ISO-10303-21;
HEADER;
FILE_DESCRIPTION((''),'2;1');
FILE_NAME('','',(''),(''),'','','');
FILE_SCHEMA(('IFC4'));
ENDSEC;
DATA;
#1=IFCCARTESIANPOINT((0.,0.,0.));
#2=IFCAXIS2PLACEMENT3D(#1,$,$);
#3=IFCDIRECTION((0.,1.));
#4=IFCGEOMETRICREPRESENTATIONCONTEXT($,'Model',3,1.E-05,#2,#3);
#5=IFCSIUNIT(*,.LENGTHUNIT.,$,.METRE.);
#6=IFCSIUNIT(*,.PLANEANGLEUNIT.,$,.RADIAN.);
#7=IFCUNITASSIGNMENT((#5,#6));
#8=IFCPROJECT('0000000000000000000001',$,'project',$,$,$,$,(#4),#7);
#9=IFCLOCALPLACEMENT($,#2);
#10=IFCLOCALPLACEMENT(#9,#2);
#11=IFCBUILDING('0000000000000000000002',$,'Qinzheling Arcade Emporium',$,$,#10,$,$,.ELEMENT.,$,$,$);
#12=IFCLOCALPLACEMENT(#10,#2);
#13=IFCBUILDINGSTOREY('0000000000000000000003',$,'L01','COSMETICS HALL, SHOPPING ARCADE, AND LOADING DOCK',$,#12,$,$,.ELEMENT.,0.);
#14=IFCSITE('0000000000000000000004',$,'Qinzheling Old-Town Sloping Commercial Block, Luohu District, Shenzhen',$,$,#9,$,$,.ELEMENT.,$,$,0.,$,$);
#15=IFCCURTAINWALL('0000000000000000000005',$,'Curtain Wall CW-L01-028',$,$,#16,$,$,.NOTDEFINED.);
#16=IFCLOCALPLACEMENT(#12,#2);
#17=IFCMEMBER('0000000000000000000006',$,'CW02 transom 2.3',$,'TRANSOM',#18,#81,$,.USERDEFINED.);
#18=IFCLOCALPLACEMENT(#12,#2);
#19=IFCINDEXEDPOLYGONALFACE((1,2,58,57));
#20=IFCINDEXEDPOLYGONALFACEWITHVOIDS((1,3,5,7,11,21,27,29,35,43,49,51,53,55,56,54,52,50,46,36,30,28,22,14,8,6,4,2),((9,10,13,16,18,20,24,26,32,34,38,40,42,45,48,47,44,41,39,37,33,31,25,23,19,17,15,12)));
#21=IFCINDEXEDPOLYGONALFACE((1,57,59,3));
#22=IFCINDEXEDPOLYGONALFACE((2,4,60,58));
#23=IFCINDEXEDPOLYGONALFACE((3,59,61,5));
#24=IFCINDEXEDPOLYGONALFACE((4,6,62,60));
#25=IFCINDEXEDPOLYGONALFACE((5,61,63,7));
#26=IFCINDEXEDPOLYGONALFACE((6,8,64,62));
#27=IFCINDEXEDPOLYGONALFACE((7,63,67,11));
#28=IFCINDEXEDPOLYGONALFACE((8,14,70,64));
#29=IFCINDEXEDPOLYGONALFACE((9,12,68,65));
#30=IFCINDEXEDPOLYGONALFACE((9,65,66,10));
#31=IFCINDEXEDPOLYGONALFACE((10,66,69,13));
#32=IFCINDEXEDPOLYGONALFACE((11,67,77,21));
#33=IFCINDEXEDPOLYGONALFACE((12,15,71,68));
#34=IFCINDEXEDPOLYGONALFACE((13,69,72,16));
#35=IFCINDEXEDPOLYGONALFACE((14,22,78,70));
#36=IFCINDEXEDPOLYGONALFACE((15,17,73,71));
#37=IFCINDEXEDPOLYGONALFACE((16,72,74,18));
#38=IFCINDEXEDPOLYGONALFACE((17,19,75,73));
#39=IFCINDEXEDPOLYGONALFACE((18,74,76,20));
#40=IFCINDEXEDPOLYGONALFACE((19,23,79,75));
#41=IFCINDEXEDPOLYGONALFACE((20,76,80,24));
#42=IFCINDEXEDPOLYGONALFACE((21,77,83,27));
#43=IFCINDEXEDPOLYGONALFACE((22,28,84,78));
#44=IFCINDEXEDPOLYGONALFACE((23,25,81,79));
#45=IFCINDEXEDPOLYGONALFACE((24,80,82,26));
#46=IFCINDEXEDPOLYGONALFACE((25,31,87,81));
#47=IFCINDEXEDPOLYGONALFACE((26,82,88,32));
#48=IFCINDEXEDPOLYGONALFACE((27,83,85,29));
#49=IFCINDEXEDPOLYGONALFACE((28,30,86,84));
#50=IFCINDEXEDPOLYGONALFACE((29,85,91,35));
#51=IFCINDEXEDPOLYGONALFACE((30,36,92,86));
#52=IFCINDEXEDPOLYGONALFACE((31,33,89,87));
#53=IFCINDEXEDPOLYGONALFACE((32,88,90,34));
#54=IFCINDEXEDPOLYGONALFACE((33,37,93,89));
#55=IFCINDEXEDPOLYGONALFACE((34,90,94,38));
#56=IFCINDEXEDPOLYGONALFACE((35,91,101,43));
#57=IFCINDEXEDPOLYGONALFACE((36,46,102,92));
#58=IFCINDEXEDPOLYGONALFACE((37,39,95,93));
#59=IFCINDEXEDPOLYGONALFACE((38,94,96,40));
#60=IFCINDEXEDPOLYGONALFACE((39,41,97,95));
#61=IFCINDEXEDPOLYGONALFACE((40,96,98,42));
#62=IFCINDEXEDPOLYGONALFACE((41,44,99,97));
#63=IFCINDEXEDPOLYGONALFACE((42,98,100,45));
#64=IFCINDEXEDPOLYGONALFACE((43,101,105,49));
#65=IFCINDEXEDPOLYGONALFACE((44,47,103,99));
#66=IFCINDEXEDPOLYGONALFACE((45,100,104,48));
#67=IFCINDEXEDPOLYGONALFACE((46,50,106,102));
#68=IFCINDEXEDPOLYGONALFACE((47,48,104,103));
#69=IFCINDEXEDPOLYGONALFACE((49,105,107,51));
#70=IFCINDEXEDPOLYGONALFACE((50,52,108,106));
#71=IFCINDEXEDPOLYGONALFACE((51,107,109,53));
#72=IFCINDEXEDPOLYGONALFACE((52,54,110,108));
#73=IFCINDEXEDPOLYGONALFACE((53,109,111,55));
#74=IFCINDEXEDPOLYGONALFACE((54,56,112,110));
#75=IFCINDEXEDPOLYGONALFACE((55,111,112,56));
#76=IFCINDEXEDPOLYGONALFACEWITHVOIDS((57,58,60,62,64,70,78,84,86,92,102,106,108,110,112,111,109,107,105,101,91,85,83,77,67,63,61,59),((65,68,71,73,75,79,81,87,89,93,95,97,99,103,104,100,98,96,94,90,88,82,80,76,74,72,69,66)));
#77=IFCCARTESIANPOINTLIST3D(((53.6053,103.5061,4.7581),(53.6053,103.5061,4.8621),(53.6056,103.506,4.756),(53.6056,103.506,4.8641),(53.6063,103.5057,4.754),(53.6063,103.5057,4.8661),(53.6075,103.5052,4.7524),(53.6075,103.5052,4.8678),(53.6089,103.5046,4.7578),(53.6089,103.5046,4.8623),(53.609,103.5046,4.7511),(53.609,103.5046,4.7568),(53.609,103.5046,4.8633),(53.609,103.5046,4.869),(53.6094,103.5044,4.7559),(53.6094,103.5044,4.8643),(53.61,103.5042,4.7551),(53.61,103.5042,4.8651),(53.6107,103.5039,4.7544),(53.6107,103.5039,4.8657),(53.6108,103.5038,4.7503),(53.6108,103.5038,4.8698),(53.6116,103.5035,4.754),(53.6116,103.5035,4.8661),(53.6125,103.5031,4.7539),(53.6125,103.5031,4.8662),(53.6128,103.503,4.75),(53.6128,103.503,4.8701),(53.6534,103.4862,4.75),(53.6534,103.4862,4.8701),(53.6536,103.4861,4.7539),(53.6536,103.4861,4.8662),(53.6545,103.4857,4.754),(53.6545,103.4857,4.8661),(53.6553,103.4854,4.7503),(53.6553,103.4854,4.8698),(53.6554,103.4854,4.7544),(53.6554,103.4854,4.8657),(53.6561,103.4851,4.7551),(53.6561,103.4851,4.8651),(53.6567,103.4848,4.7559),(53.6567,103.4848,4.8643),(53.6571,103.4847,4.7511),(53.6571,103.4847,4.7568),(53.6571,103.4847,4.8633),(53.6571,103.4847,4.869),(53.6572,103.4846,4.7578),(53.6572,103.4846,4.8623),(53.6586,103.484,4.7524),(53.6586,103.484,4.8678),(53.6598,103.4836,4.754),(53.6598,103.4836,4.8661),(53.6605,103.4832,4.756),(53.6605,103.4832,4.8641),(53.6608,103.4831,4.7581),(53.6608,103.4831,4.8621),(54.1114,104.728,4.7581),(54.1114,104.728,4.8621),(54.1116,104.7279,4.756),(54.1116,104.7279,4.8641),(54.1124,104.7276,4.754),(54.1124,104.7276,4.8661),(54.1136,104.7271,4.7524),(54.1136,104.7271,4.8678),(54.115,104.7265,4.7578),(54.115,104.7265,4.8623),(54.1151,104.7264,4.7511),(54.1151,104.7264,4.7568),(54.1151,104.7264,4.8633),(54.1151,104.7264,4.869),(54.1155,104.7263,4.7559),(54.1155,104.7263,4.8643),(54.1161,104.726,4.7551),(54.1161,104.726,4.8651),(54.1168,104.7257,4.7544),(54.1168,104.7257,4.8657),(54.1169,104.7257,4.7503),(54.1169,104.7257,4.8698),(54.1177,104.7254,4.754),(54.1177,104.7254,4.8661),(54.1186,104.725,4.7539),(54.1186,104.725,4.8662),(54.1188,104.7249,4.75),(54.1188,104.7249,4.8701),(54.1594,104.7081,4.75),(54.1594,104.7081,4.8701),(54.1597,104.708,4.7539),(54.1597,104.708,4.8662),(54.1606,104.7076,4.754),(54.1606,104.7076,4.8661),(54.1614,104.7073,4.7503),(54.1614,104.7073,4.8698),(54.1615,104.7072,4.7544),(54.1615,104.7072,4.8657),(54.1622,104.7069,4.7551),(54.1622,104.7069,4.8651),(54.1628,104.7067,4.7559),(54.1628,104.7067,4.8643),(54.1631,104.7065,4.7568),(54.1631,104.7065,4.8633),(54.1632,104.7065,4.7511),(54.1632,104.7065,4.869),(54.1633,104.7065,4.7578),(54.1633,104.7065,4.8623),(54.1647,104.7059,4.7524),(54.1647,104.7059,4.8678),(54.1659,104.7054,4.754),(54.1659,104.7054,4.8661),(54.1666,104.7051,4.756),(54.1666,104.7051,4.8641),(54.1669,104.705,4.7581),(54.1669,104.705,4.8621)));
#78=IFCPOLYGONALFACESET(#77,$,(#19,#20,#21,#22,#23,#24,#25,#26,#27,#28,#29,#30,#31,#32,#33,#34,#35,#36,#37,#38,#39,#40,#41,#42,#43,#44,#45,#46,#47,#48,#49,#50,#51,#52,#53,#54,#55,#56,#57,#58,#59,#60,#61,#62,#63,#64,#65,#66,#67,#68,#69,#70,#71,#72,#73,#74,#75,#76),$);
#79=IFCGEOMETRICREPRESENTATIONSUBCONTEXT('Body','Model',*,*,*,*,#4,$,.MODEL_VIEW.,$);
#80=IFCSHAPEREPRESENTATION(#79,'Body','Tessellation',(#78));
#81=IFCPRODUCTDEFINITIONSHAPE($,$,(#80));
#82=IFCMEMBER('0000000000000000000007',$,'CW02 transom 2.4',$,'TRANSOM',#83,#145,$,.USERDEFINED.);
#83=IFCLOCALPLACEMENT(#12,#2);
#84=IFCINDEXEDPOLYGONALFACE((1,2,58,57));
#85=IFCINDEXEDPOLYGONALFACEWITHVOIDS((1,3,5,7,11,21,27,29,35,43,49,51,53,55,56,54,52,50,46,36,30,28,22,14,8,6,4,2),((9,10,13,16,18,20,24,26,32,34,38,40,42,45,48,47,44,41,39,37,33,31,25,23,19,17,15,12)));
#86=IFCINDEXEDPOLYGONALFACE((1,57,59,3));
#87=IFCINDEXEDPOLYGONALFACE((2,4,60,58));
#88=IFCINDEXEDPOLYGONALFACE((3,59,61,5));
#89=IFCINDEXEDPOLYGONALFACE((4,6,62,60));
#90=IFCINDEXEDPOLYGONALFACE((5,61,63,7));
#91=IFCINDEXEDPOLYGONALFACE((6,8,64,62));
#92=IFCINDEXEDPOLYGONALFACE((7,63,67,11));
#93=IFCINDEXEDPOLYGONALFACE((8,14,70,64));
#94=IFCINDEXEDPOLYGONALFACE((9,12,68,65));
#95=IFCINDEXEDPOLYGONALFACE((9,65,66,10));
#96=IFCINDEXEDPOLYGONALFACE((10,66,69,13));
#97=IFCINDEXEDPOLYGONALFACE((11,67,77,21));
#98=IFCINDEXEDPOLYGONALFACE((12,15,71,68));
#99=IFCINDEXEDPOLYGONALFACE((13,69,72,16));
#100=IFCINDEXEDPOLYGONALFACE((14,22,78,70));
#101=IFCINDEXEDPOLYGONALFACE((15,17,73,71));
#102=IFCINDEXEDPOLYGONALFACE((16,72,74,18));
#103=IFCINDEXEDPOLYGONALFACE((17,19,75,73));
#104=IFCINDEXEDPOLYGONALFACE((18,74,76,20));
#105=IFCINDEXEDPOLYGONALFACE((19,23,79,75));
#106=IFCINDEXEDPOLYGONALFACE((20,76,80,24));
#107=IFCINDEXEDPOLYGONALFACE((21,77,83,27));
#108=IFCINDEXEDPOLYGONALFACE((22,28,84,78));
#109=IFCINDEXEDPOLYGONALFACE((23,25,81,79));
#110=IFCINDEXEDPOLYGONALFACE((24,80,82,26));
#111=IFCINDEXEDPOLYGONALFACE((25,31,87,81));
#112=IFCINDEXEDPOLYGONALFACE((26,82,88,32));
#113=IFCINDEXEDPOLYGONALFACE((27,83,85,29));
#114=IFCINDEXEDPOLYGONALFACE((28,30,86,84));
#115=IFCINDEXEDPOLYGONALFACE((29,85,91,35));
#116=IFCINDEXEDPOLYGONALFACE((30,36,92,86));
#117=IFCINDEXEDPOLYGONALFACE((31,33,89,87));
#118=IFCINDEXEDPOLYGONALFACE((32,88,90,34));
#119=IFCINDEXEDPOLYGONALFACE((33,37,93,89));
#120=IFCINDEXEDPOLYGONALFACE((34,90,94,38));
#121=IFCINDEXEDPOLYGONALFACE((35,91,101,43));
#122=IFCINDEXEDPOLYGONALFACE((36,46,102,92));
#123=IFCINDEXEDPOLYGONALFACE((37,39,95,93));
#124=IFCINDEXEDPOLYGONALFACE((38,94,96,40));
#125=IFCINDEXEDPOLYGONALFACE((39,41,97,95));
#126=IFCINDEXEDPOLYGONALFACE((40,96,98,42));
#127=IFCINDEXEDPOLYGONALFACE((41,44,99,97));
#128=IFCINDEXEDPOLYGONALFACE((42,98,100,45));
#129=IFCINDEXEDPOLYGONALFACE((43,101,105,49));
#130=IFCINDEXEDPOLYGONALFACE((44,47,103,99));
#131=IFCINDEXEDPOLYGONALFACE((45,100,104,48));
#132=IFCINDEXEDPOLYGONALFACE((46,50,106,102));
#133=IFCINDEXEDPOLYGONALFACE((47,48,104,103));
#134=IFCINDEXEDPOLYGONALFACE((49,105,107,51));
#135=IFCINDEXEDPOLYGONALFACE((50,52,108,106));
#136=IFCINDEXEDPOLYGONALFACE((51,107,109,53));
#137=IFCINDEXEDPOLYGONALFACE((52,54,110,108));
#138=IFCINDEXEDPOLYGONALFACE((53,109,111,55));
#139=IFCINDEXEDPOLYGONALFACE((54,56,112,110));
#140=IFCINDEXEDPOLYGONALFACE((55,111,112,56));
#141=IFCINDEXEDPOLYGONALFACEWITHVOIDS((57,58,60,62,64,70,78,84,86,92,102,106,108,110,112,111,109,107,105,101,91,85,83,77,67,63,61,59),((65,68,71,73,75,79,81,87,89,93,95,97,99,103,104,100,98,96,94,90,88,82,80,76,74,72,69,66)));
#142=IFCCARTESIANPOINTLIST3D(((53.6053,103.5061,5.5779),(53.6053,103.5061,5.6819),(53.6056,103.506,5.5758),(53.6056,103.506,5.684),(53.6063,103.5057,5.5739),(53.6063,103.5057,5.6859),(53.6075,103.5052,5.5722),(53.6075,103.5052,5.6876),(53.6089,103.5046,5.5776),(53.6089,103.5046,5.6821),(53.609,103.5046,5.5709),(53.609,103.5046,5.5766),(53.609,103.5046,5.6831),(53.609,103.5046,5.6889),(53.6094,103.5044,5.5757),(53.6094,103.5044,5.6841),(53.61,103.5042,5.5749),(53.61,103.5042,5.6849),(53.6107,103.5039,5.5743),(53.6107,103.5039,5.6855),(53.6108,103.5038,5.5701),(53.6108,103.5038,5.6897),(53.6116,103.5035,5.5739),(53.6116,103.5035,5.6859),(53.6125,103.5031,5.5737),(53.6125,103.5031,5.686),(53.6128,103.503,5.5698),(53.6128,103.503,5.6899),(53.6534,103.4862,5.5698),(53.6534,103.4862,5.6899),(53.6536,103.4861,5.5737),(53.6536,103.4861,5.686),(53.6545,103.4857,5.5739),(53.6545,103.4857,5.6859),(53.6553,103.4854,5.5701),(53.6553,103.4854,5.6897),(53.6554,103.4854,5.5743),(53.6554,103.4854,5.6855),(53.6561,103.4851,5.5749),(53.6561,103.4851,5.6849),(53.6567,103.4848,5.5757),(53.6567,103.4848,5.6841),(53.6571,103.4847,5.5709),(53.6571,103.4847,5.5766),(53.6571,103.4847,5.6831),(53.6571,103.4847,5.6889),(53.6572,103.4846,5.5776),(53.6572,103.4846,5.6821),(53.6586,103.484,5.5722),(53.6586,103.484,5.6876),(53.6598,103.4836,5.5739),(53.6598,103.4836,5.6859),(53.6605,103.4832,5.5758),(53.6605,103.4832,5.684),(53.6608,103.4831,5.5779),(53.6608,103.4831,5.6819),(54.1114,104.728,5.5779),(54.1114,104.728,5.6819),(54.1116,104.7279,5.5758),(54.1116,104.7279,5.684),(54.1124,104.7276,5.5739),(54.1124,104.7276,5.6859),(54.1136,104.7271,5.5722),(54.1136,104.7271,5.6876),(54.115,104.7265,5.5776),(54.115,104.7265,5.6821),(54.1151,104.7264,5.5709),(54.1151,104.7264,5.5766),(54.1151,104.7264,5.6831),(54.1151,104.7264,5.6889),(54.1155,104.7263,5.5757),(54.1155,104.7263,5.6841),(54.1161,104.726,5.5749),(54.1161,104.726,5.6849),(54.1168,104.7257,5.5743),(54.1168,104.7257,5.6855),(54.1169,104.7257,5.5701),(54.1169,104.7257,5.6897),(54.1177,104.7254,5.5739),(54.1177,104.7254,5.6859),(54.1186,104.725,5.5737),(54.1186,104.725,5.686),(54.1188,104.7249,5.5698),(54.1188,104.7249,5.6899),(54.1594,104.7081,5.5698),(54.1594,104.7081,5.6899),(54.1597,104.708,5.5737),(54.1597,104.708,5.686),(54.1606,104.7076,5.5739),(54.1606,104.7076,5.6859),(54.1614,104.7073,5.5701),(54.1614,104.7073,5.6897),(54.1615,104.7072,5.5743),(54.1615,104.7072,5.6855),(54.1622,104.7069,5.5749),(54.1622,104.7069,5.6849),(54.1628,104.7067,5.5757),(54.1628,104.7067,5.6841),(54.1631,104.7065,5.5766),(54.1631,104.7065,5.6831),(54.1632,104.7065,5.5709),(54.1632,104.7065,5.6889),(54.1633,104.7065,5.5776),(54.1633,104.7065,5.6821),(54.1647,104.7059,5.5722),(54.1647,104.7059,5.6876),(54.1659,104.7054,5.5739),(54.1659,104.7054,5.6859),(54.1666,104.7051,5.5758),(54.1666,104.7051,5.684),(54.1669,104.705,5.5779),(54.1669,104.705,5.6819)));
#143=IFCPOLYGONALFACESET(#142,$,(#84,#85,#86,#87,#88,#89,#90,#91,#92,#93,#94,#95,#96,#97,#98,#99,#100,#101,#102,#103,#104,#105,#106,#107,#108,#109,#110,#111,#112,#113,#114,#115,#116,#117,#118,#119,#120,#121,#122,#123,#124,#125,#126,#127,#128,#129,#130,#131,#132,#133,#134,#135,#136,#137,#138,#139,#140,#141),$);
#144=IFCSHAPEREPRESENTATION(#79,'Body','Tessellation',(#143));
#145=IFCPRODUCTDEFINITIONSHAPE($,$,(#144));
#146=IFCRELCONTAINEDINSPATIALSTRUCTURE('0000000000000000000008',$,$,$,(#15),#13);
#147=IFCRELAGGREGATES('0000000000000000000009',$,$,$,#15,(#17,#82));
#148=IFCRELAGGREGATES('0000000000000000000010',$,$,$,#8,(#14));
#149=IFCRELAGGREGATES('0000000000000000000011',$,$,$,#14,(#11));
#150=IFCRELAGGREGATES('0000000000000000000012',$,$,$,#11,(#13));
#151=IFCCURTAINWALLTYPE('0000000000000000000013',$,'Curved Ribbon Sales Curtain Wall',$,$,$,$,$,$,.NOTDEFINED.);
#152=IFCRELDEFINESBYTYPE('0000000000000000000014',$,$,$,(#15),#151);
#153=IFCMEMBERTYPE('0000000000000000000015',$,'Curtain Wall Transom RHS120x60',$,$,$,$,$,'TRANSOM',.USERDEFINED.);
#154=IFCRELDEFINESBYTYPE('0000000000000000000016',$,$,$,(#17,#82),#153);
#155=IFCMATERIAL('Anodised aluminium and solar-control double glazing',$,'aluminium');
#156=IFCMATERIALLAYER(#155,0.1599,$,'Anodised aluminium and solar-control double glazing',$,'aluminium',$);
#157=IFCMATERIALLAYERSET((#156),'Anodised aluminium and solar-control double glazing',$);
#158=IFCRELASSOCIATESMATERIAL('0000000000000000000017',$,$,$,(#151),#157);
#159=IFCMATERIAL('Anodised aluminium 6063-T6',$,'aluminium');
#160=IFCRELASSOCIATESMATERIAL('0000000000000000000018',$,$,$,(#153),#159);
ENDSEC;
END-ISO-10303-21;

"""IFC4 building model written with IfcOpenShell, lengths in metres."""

from ifc_helpers import new_model, si_unit, direction, frame, origin, origin_2d, place, context, subcontext, project, spatial, hollow_rectangle, extrude, material, layer, layer_set, material_profile, profile_set, type_object, element, aggregate, save


model = new_model("IFC4")

# Units and contexts
model_context = context("Model", 3, precision=1e-05, world=origin(), true_north=direction((0.0, 1.0)))
body_context = subcontext(model_context, "Body", "Model", "MODEL_VIEW")
ifc_project = project(units=[si_unit("LENGTHUNIT", "METRE"), si_unit("PLANEANGLEUNIT", "RADIAN")], contexts=[model_context])

# Site, building, storey
site_placement = place(None, origin())
site = spatial("IfcSite", under=ifc_project, at=site_placement, Name="Qinzheling Old-Town Sloping Commercial Block, Luohu District, Shenzhen", CompositionType="ELEMENT", RefElevation=0.0)
building_placement = place(site_placement, origin())
building = spatial("IfcBuilding", under=site, at=building_placement, Name="Qinzheling Arcade Emporium", CompositionType="ELEMENT")
storey_placement = place(building_placement, origin())
storey = spatial("IfcBuildingStorey", under=building, at=storey_placement, Name="L01", Description="COSMETICS HALL, SHOPPING ARCADE, AND LOADING DOCK", CompositionType="ELEMENT", Elevation=0.0)

# Shared definitions
ifc_material_1 = material(Name="Anodised aluminium and solar-control double glazing", Category="aluminium")
ifc_layer_1 = layer(ifc_material_1, 0.1599, Name="Anodised aluminium and solar-control double glazing", Category="aluminium")
ifc_layer_set_1 = layer_set([ifc_layer_1], Name="Anodised aluminium and solar-control double glazing")
curtain_wall_type = type_object("IfcCurtainWallType", Name="Curved Ribbon Sales Curtain Wall", PredefinedType="NOTDEFINED", material=ifc_layer_set_1)
ifc_material_2 = material(Name="Anodised aluminium 6063-T6", Category="aluminium")

# Curtain wall
curtain_wall_1_placement = place(storey_placement, origin())
curtain_wall_1 = element("IfcCurtainWall", 1, at=curtain_wall_1_placement, inside=storey, type_object=curtain_wall_type, Name="Curtain Wall CW-L01-028", PredefinedType="NOTDEFINED")

# Members
ifc_material_profile_1 = material_profile(ifc_material_2, hollow_rectangle(XDim=0.0601, YDim=0.1201, WallThickness=0.0039, InnerFilletRadius=0.0039, OuterFilletRadius=0.0081, at=origin_2d()), Name="RHS 120x60x4", Category="aluminium")
ifc_profile_set_1 = profile_set([ifc_material_profile_1], Name="Anodised aluminium 6063-T6")
member_type_1 = type_object("IfcMemberType", Name="Curtain Wall Transom RHS120x60", ElementType="TRANSOM", PredefinedType="USERDEFINED", material=ifc_profile_set_1)
member_1_placement = place(storey_placement, frame((53.6331, 103.4946, 4.8101), z_axis=(0.382662, 0.923889, 0.0), x_axis=(-0.923889, 0.382662, 0.0)))
member_1 = element("IfcMember", 2, at=member_1_placement, type_object=member_type_1, Name="CW02 transom 2.3", ObjectType="TRANSOM", PredefinedType="USERDEFINED", context=body_context, shape_type="SweptSolid", body=[
    extrude(hollow_rectangle(XDim=0.0601, YDim=0.1201, WallThickness=0.0039, InnerFilletRadius=0.0039, OuterFilletRadius=0.0081, at=origin_2d()), origin(), (0.0, 0.0, 1.0), 1.3225),
])
member_2_placement = place(storey_placement, frame((53.6331, 103.4946, 5.6299), z_axis=(0.382662, 0.923889, 0.0), x_axis=(-0.923889, 0.382662, 0.0)))
member_2 = element("IfcMember", 3, at=member_2_placement, type_object=member_type_1, Name="CW02 transom 2.4", ObjectType="TRANSOM", PredefinedType="USERDEFINED", context=body_context, shape_type="SweptSolid", body=[
    extrude(hollow_rectangle(XDim=0.0601, YDim=0.1201, WallThickness=0.0039, InnerFilletRadius=0.0039, OuterFilletRadius=0.0081, at=origin_2d()), origin(), (0.0, 0.0, 1.0), 1.3225),
])

aggregate(curtain_wall_1, [member_1, member_2])

save(model, "model.ifc")
